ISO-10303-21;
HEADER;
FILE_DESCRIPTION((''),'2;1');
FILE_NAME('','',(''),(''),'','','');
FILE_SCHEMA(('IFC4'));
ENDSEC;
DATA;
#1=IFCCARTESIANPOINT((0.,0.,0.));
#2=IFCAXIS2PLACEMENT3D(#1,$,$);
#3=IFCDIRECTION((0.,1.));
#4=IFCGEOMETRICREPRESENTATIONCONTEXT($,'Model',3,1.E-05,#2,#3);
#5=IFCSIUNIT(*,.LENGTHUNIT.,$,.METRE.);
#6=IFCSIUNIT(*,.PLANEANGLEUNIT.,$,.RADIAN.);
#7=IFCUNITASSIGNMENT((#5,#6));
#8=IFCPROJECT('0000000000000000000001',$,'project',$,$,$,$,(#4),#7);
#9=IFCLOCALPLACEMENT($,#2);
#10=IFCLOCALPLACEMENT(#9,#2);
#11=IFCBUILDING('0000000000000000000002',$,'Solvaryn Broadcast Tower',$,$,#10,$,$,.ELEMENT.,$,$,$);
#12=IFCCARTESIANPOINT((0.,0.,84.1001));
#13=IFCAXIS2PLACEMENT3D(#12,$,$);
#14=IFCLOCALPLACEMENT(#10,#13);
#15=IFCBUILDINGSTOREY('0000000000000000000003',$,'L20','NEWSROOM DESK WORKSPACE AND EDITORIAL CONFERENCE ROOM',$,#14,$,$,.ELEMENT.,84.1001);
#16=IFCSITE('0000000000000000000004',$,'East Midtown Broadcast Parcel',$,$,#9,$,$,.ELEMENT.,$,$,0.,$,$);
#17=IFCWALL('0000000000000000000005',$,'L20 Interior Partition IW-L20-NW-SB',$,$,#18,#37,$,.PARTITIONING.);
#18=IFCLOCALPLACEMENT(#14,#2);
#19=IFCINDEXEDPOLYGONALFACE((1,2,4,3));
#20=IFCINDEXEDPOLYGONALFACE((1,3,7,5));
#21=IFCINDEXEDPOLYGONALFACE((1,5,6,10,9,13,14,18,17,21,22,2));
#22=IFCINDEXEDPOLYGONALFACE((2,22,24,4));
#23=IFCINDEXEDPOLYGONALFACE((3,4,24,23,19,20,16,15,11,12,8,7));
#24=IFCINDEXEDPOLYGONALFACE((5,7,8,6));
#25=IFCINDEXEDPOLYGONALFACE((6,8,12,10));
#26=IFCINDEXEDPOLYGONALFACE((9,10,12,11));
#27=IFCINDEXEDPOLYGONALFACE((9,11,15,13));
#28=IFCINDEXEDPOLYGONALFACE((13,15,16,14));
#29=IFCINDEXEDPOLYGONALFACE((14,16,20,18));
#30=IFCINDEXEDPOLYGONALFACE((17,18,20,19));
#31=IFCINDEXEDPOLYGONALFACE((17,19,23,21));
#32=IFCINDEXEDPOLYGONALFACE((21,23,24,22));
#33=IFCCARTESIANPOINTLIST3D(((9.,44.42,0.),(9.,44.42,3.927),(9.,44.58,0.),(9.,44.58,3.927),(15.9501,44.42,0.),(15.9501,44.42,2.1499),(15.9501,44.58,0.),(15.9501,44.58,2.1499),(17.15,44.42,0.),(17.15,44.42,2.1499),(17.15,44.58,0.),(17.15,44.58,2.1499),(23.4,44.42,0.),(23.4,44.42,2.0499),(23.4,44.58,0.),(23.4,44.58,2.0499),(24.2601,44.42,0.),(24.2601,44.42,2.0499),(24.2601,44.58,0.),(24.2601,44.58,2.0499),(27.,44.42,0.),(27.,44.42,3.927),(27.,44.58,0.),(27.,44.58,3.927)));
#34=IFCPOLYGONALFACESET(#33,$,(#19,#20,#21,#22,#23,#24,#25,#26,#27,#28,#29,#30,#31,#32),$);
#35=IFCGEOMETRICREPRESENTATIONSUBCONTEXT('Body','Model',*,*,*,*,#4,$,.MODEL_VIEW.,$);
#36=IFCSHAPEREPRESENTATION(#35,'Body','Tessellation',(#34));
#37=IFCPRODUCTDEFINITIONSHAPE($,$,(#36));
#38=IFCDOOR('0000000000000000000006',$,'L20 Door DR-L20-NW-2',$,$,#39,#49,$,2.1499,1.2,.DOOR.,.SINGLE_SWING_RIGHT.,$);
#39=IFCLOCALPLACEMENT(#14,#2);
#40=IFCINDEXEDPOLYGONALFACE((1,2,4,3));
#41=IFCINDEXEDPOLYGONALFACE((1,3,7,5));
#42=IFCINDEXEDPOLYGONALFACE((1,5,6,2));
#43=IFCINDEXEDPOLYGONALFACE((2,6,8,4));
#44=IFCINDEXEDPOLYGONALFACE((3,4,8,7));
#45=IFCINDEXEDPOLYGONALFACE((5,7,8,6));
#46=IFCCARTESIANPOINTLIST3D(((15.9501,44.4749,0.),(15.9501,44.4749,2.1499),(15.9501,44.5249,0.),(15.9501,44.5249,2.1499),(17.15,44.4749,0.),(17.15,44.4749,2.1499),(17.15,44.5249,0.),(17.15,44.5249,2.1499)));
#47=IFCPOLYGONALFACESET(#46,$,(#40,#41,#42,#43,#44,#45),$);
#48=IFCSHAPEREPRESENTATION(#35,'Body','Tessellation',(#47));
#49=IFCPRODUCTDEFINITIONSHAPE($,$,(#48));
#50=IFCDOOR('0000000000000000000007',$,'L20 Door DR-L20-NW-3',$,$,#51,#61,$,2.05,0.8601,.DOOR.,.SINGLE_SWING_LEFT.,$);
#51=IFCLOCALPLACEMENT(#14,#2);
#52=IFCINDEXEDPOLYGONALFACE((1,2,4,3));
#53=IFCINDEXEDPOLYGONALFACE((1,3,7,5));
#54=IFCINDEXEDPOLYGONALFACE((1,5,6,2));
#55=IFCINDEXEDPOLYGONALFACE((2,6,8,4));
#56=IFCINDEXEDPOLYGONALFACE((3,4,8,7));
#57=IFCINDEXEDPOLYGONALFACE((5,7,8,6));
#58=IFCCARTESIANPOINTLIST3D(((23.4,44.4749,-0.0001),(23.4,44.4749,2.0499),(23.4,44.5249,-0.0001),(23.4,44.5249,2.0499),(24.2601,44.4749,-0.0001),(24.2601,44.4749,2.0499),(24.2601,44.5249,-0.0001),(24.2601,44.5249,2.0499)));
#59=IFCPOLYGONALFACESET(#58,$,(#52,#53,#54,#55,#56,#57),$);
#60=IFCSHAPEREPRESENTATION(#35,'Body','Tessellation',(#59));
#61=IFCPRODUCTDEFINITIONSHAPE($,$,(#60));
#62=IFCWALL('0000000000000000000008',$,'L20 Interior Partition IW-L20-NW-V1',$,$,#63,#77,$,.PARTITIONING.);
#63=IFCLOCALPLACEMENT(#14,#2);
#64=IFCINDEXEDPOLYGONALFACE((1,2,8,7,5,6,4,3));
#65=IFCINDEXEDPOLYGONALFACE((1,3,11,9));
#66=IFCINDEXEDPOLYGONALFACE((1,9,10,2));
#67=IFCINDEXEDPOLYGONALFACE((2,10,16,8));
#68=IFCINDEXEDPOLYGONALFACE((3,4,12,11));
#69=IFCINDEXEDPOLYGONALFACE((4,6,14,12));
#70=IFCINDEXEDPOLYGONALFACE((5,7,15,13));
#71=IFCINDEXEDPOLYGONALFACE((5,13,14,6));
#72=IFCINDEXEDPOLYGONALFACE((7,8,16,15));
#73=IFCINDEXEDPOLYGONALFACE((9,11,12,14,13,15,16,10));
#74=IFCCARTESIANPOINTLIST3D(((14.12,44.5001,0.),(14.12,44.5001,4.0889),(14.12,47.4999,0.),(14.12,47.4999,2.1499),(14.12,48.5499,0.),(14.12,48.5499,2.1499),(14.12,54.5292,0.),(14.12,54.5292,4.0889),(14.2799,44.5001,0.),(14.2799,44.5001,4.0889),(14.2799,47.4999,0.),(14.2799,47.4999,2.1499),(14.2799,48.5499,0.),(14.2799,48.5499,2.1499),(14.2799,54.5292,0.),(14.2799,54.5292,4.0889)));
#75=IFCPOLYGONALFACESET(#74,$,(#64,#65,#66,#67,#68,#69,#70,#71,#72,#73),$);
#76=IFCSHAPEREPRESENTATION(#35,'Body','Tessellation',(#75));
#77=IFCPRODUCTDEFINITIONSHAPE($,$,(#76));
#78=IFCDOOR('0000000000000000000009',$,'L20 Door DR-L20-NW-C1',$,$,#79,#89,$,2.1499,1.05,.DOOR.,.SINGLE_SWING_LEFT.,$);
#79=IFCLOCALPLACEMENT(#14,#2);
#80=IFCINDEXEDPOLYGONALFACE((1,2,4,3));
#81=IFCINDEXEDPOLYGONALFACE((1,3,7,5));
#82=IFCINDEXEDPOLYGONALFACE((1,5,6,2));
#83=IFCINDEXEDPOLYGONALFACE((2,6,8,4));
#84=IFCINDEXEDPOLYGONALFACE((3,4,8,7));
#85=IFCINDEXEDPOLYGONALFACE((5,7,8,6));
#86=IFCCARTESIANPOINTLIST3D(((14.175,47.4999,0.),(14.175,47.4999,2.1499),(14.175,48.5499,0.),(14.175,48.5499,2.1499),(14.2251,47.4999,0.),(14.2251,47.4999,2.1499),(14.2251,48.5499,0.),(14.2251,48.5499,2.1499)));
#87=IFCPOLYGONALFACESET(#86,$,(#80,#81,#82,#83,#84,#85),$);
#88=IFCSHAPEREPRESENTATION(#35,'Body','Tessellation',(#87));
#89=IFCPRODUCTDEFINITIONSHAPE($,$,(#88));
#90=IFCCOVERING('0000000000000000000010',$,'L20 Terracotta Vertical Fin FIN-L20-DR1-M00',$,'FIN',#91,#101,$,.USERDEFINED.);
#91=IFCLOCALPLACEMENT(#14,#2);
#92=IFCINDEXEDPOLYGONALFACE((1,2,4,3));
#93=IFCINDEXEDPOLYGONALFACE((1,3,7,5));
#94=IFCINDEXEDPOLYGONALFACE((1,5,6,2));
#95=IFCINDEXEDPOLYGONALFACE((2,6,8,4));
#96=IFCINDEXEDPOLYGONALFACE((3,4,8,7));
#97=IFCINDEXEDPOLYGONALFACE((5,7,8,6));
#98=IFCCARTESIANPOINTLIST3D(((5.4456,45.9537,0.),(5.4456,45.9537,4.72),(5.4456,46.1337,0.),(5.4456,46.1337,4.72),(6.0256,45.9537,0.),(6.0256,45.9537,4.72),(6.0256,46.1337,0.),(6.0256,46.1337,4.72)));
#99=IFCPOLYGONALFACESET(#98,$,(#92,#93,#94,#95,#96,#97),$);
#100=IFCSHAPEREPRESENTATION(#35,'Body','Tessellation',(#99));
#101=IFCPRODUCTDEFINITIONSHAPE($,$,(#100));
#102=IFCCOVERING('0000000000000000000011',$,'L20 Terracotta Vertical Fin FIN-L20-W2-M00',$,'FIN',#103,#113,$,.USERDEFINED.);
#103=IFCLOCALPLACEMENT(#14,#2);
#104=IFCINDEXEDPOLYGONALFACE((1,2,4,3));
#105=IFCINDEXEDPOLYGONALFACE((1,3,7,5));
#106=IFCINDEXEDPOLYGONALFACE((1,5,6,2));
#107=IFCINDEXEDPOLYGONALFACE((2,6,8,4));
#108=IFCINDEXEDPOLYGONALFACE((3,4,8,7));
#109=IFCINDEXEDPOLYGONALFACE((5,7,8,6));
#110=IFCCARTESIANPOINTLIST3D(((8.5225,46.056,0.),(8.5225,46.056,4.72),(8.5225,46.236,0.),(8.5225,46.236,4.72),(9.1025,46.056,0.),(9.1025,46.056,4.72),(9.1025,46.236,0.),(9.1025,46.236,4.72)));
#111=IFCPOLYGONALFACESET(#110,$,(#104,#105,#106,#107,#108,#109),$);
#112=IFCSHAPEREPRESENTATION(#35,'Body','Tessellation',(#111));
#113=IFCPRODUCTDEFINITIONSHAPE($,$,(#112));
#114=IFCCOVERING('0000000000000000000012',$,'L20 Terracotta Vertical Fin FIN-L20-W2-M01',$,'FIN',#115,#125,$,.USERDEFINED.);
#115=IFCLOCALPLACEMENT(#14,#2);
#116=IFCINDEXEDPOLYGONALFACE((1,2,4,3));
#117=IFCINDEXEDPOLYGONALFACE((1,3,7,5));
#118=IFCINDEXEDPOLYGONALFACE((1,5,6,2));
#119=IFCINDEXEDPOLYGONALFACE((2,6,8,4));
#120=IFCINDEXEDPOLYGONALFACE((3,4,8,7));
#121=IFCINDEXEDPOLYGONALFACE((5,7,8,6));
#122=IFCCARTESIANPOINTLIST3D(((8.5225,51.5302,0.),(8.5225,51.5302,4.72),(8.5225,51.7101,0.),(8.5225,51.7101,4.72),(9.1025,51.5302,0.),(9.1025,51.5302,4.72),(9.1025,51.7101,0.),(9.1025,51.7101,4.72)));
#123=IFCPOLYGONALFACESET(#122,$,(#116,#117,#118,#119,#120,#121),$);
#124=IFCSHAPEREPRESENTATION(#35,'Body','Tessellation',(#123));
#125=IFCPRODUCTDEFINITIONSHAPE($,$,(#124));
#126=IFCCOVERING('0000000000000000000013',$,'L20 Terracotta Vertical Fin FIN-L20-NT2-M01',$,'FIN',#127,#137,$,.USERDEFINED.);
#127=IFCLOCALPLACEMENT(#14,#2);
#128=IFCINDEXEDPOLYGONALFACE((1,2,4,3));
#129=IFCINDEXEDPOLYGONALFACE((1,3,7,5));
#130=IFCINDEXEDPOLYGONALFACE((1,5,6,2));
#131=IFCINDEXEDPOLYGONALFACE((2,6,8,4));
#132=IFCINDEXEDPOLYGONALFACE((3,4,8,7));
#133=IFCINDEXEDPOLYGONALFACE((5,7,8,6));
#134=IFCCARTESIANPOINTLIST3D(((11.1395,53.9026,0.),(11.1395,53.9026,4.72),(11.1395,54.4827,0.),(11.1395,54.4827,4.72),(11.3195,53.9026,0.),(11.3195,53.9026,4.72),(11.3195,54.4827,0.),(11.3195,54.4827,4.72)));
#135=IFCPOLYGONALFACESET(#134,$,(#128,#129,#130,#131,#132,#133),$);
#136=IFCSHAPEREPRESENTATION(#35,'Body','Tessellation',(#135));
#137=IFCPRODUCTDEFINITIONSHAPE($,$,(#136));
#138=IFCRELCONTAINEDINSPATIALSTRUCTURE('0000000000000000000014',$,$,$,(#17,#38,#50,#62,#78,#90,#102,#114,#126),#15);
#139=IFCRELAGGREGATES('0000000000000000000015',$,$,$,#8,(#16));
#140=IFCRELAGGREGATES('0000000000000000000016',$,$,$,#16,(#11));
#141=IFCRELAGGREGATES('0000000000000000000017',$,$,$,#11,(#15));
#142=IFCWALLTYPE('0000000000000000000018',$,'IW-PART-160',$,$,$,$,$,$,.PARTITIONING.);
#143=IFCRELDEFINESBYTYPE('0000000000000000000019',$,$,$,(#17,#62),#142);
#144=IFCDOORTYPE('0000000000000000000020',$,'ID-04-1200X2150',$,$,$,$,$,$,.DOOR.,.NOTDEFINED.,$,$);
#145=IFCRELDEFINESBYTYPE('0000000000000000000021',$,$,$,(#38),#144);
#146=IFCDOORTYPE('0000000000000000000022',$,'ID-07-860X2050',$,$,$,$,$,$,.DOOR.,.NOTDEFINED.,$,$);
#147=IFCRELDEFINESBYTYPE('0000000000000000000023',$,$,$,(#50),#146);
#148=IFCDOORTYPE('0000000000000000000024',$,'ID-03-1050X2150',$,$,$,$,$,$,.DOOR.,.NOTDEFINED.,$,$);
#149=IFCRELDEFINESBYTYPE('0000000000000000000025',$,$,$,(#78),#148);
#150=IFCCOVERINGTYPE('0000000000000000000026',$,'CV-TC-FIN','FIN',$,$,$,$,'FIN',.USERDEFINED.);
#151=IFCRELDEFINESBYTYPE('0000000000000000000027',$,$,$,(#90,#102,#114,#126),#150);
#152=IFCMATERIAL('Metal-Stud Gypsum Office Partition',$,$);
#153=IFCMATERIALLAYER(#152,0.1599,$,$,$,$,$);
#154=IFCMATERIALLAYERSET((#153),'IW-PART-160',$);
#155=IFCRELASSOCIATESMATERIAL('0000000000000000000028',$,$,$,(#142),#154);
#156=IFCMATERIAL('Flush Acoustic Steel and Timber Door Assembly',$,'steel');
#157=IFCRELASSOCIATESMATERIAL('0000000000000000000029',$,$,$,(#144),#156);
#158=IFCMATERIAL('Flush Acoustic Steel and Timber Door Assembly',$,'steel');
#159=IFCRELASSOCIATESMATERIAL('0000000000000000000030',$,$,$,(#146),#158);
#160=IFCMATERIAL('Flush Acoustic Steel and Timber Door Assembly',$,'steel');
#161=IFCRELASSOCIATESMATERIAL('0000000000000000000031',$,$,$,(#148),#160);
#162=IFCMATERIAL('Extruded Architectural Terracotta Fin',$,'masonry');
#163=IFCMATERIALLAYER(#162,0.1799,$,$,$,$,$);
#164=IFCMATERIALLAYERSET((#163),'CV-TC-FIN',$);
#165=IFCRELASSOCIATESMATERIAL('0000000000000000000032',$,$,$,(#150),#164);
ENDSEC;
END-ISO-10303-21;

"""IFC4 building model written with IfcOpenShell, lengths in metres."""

from ifc_helpers import new_model, si_unit, direction, frame, frame_2d, origin, origin_2d, place, context, subcontext, project, spatial, rectangle, extrude, material, layer, layer_set, type_object, element, fill, save


model = new_model("IFC4")

# Units and contexts
model_context = context("Model", 3, precision=1e-05, world=origin(), true_north=direction((0.0, 1.0)))
body_context = subcontext(model_context, "Body", "Model", "MODEL_VIEW")
ifc_project = project(units=[si_unit("LENGTHUNIT", "METRE"), si_unit("PLANEANGLEUNIT", "RADIAN")], contexts=[model_context])

# Site, building, storey
site_placement = place(None, origin())
site = spatial("IfcSite", under=ifc_project, at=site_placement, Name="East Midtown Broadcast Parcel", CompositionType="ELEMENT", RefElevation=0.0)
building_placement = place(site_placement, origin())
building = spatial("IfcBuilding", under=site, at=building_placement, Name="Solvaryn Broadcast Tower", CompositionType="ELEMENT")
storey_placement = place(building_placement, frame((0.0, 0.0, 84.1001)))
storey = spatial("IfcBuildingStorey", under=building, at=storey_placement, Name="L20", Description="NEWSROOM DESK WORKSPACE AND EDITORIAL CONFERENCE ROOM", CompositionType="ELEMENT", Elevation=84.1001)

# Shared definitions
ifc_material_1 = material(Name="Metal-Stud Gypsum Office Partition")
ifc_layer_1 = layer(ifc_material_1, 0.1599)
ifc_layer_set_1 = layer_set([ifc_layer_1], Name="IW-PART-160")
wall_type_1 = type_object("IfcWallType", Name="IW-PART-160", PredefinedType="PARTITIONING", material=ifc_layer_set_1)

# Wall, openings, doors
wall_1_placement = place(storey_placement, frame((9.0, 44.5, 0.0), z_axis=(0.0, 0.0, 1.0), x_axis=(1.0, 0.0, 0.0)))
wall_1 = element("IfcWall", 1, at=wall_1_placement, inside=storey, type_object=wall_type_1, Name="L20 Interior Partition IW-L20-NW-SB", PredefinedType="PARTITIONING", context=body_context, shape_type="SweptSolid", body=[
    extrude(rectangle(XDim=18.0, YDim=0.1599, at=frame_2d((9.0, 0.0))), origin(), (0.0, 0.0, 1.0), 3.927),
])
opening_1_placement = place(wall_1_placement, frame((6.95, 0.0, 0.0)))
opening_1 = element("IfcOpeningElement", 2, at=opening_1_placement, cuts=wall_1, PredefinedType="OPENING", context=body_context, shape_type="SweptSolid", body=[
    extrude(rectangle(XDim=1.2, YDim=2.1499, at=frame_2d((0.6001, 1.075))), frame((0.0, 0.0901, 0.0), z_axis=(0.0, -1.0, 0.0), x_axis=(1.0, 0.0, 0.0)), (0.0, 0.0, 1.0), 0.1799),
])
opening_2_placement = place(wall_1_placement, frame((14.3999, 0.0, 0.0)))
opening_2 = element("IfcOpeningElement", 3, at=opening_2_placement, cuts=wall_1, PredefinedType="OPENING", context=body_context, shape_type="SweptSolid", body=[
    extrude(rectangle(XDim=0.8601, YDim=2.05, at=frame_2d((0.4302, 1.0249))), frame((0.0, 0.0901, 0.0), z_axis=(0.0, -1.0, 0.0), x_axis=(1.0, 0.0, 0.0)), (0.0, 0.0, 1.0), 0.1799),
])
ifc_material_2 = material(Name="Flush Acoustic Steel and Timber Door Assembly", Category="steel")
door_type_1 = type_object("IfcDoorType", Name="ID-04-1200X2150", OperationType="NOTDEFINED", PredefinedType="DOOR", material=ifc_material_2)
door_1_placement = place(opening_1_placement, origin())
door_1 = element("IfcDoor", 4, at=door_1_placement, inside=storey, type_object=door_type_1, Name="L20 Door DR-L20-NW-2", OperationType="SINGLE_SWING_RIGHT", OverallHeight=2.1499, OverallWidth=1.2, PredefinedType="DOOR", context=body_context, shape_type="SweptSolid", body=[
    extrude(rectangle(XDim=1.2, YDim=2.1499, at=frame_2d((0.6001, 1.075))), frame((0.0, 0.0249, 0.0), z_axis=(0.0, -1.0, 0.0), x_axis=(1.0, 0.0, 0.0)), (0.0, 0.0, 1.0), 0.05),
])
fill(opening_1, door_1)
ifc_material_3 = material(Name="Flush Acoustic Steel and Timber Door Assembly", Category="steel")
door_type_2 = type_object("IfcDoorType", Name="ID-07-860X2050", OperationType="NOTDEFINED", PredefinedType="DOOR", material=ifc_material_3)
door_2_placement = place(opening_2_placement, origin())
door_2 = element("IfcDoor", 5, at=door_2_placement, inside=storey, type_object=door_type_2, Name="L20 Door DR-L20-NW-3", OperationType="SINGLE_SWING_LEFT", OverallHeight=2.05, OverallWidth=0.8601, PredefinedType="DOOR", context=body_context, shape_type="SweptSolid", body=[
    extrude(rectangle(XDim=0.8601, YDim=2.05, at=frame_2d((0.4302, 1.0249))), frame((0.0, 0.0249, 0.0), z_axis=(0.0, -1.0, 0.0), x_axis=(1.0, 0.0, 0.0)), (0.0, 0.0, 1.0), 0.05),
])
fill(opening_2, door_2)

# Wall, opening, door
wall_2_placement = place(storey_placement, frame((14.2, 44.5, 0.0), z_axis=(0.0, 0.0, 1.0), x_axis=(0.0, 1.0, 0.0)))
wall_2 = element("IfcWall", 6, at=wall_2_placement, inside=storey, type_object=wall_type_1, Name="L20 Interior Partition IW-L20-NW-V1", PredefinedType="PARTITIONING", context=body_context, shape_type="SweptSolid", body=[
    extrude(rectangle(XDim=10.0291, YDim=0.1599, at=frame_2d((5.0146, 0.0))), origin(), (0.0, 0.0, 1.0), 4.0889),
])
opening_3_placement = place(wall_2_placement, frame((3.0, 0.0, 0.0)))
opening_3 = element("IfcOpeningElement", 7, at=opening_3_placement, cuts=wall_2, PredefinedType="OPENING", context=body_context, shape_type="SweptSolid", body=[
    extrude(rectangle(XDim=1.05, YDim=2.1499, at=frame_2d((0.5249, 1.075))), frame((0.0, 0.0901, 0.0), z_axis=(0.0, -1.0, 0.0), x_axis=(1.0, 0.0, 0.0)), (0.0, 0.0, 1.0), 0.1799),
])
ifc_material_4 = material(Name="Flush Acoustic Steel and Timber Door Assembly", Category="steel")
door_type_3 = type_object("IfcDoorType", Name="ID-03-1050X2150", OperationType="NOTDEFINED", PredefinedType="DOOR", material=ifc_material_4)
door_3_placement = place(opening_3_placement, origin())
door_3 = element("IfcDoor", 8, at=door_3_placement, inside=storey, type_object=door_type_3, Name="L20 Door DR-L20-NW-C1", OperationType="SINGLE_SWING_LEFT", OverallHeight=2.1499, OverallWidth=1.05, PredefinedType="DOOR", context=body_context, shape_type="SweptSolid", body=[
    extrude(rectangle(XDim=1.05, YDim=2.1499, at=frame_2d((0.5249, 1.075))), frame((0.0, 0.0249, 0.0), z_axis=(0.0, -1.0, 0.0), x_axis=(1.0, 0.0, 0.0)), (0.0, 0.0, 1.0), 0.05),
])
fill(opening_3, door_3)

# Coverings
ifc_material_5 = material(Name="Extruded Architectural Terracotta Fin", Category="masonry")
ifc_layer_2 = layer(ifc_material_5, 0.1799)
ifc_layer_set_2 = layer_set([ifc_layer_2], Name="CV-TC-FIN")
covering_type = type_object("IfcCoveringType", Name="CV-TC-FIN", Description="FIN", ElementType="FIN", PredefinedType="USERDEFINED", material=ifc_layer_set_2)
for number, where, z_axis, x_axis, name in (
    (9, (5.7356, 46.0437, 0.0), (0.0, 0.0, 1.0), (1.0, 0.0, 0.0), "L20 Terracotta Vertical Fin FIN-L20-DR1-M00"),
    (10, (8.8125, 46.146, 0.0), (0.0, 0.0, 1.0), (1.0, 0.0, 0.0), "L20 Terracotta Vertical Fin FIN-L20-W2-M00"),
    (11, (8.8125, 51.6201, 0.0), (0.0, 0.0, 1.0), (1.0, 0.0, 0.0), "L20 Terracotta Vertical Fin FIN-L20-W2-M01"),
):
    element("IfcCovering", number, at=place(storey_placement, frame(where, z_axis=z_axis, x_axis=x_axis)), inside=storey, type_object=covering_type, Name=name, ObjectType="FIN", PredefinedType="USERDEFINED", context=body_context, shape_type="SweptSolid", body=[
        extrude(rectangle(XDim=0.5801, YDim=0.1799, at=origin_2d()), origin(), (0.0, 0.0, 1.0), 4.72),
    ])
covering_placement = place(storey_placement, frame((11.2295, 54.1926, 0.0), z_axis=(0.0, 0.0, 1.0), x_axis=(1.0, 0.0, 0.0)))
element("IfcCovering", 12, at=covering_placement, inside=storey, type_object=covering_type, Name="L20 Terracotta Vertical Fin FIN-L20-NT2-M01", ObjectType="FIN", PredefinedType="USERDEFINED", context=body_context, shape_type="SweptSolid", body=[
    extrude(rectangle(XDim=0.1799, YDim=0.5801, at=origin_2d()), origin(), (0.0, 0.0, 1.0), 4.72),
])

save(model, "model.ifc")
